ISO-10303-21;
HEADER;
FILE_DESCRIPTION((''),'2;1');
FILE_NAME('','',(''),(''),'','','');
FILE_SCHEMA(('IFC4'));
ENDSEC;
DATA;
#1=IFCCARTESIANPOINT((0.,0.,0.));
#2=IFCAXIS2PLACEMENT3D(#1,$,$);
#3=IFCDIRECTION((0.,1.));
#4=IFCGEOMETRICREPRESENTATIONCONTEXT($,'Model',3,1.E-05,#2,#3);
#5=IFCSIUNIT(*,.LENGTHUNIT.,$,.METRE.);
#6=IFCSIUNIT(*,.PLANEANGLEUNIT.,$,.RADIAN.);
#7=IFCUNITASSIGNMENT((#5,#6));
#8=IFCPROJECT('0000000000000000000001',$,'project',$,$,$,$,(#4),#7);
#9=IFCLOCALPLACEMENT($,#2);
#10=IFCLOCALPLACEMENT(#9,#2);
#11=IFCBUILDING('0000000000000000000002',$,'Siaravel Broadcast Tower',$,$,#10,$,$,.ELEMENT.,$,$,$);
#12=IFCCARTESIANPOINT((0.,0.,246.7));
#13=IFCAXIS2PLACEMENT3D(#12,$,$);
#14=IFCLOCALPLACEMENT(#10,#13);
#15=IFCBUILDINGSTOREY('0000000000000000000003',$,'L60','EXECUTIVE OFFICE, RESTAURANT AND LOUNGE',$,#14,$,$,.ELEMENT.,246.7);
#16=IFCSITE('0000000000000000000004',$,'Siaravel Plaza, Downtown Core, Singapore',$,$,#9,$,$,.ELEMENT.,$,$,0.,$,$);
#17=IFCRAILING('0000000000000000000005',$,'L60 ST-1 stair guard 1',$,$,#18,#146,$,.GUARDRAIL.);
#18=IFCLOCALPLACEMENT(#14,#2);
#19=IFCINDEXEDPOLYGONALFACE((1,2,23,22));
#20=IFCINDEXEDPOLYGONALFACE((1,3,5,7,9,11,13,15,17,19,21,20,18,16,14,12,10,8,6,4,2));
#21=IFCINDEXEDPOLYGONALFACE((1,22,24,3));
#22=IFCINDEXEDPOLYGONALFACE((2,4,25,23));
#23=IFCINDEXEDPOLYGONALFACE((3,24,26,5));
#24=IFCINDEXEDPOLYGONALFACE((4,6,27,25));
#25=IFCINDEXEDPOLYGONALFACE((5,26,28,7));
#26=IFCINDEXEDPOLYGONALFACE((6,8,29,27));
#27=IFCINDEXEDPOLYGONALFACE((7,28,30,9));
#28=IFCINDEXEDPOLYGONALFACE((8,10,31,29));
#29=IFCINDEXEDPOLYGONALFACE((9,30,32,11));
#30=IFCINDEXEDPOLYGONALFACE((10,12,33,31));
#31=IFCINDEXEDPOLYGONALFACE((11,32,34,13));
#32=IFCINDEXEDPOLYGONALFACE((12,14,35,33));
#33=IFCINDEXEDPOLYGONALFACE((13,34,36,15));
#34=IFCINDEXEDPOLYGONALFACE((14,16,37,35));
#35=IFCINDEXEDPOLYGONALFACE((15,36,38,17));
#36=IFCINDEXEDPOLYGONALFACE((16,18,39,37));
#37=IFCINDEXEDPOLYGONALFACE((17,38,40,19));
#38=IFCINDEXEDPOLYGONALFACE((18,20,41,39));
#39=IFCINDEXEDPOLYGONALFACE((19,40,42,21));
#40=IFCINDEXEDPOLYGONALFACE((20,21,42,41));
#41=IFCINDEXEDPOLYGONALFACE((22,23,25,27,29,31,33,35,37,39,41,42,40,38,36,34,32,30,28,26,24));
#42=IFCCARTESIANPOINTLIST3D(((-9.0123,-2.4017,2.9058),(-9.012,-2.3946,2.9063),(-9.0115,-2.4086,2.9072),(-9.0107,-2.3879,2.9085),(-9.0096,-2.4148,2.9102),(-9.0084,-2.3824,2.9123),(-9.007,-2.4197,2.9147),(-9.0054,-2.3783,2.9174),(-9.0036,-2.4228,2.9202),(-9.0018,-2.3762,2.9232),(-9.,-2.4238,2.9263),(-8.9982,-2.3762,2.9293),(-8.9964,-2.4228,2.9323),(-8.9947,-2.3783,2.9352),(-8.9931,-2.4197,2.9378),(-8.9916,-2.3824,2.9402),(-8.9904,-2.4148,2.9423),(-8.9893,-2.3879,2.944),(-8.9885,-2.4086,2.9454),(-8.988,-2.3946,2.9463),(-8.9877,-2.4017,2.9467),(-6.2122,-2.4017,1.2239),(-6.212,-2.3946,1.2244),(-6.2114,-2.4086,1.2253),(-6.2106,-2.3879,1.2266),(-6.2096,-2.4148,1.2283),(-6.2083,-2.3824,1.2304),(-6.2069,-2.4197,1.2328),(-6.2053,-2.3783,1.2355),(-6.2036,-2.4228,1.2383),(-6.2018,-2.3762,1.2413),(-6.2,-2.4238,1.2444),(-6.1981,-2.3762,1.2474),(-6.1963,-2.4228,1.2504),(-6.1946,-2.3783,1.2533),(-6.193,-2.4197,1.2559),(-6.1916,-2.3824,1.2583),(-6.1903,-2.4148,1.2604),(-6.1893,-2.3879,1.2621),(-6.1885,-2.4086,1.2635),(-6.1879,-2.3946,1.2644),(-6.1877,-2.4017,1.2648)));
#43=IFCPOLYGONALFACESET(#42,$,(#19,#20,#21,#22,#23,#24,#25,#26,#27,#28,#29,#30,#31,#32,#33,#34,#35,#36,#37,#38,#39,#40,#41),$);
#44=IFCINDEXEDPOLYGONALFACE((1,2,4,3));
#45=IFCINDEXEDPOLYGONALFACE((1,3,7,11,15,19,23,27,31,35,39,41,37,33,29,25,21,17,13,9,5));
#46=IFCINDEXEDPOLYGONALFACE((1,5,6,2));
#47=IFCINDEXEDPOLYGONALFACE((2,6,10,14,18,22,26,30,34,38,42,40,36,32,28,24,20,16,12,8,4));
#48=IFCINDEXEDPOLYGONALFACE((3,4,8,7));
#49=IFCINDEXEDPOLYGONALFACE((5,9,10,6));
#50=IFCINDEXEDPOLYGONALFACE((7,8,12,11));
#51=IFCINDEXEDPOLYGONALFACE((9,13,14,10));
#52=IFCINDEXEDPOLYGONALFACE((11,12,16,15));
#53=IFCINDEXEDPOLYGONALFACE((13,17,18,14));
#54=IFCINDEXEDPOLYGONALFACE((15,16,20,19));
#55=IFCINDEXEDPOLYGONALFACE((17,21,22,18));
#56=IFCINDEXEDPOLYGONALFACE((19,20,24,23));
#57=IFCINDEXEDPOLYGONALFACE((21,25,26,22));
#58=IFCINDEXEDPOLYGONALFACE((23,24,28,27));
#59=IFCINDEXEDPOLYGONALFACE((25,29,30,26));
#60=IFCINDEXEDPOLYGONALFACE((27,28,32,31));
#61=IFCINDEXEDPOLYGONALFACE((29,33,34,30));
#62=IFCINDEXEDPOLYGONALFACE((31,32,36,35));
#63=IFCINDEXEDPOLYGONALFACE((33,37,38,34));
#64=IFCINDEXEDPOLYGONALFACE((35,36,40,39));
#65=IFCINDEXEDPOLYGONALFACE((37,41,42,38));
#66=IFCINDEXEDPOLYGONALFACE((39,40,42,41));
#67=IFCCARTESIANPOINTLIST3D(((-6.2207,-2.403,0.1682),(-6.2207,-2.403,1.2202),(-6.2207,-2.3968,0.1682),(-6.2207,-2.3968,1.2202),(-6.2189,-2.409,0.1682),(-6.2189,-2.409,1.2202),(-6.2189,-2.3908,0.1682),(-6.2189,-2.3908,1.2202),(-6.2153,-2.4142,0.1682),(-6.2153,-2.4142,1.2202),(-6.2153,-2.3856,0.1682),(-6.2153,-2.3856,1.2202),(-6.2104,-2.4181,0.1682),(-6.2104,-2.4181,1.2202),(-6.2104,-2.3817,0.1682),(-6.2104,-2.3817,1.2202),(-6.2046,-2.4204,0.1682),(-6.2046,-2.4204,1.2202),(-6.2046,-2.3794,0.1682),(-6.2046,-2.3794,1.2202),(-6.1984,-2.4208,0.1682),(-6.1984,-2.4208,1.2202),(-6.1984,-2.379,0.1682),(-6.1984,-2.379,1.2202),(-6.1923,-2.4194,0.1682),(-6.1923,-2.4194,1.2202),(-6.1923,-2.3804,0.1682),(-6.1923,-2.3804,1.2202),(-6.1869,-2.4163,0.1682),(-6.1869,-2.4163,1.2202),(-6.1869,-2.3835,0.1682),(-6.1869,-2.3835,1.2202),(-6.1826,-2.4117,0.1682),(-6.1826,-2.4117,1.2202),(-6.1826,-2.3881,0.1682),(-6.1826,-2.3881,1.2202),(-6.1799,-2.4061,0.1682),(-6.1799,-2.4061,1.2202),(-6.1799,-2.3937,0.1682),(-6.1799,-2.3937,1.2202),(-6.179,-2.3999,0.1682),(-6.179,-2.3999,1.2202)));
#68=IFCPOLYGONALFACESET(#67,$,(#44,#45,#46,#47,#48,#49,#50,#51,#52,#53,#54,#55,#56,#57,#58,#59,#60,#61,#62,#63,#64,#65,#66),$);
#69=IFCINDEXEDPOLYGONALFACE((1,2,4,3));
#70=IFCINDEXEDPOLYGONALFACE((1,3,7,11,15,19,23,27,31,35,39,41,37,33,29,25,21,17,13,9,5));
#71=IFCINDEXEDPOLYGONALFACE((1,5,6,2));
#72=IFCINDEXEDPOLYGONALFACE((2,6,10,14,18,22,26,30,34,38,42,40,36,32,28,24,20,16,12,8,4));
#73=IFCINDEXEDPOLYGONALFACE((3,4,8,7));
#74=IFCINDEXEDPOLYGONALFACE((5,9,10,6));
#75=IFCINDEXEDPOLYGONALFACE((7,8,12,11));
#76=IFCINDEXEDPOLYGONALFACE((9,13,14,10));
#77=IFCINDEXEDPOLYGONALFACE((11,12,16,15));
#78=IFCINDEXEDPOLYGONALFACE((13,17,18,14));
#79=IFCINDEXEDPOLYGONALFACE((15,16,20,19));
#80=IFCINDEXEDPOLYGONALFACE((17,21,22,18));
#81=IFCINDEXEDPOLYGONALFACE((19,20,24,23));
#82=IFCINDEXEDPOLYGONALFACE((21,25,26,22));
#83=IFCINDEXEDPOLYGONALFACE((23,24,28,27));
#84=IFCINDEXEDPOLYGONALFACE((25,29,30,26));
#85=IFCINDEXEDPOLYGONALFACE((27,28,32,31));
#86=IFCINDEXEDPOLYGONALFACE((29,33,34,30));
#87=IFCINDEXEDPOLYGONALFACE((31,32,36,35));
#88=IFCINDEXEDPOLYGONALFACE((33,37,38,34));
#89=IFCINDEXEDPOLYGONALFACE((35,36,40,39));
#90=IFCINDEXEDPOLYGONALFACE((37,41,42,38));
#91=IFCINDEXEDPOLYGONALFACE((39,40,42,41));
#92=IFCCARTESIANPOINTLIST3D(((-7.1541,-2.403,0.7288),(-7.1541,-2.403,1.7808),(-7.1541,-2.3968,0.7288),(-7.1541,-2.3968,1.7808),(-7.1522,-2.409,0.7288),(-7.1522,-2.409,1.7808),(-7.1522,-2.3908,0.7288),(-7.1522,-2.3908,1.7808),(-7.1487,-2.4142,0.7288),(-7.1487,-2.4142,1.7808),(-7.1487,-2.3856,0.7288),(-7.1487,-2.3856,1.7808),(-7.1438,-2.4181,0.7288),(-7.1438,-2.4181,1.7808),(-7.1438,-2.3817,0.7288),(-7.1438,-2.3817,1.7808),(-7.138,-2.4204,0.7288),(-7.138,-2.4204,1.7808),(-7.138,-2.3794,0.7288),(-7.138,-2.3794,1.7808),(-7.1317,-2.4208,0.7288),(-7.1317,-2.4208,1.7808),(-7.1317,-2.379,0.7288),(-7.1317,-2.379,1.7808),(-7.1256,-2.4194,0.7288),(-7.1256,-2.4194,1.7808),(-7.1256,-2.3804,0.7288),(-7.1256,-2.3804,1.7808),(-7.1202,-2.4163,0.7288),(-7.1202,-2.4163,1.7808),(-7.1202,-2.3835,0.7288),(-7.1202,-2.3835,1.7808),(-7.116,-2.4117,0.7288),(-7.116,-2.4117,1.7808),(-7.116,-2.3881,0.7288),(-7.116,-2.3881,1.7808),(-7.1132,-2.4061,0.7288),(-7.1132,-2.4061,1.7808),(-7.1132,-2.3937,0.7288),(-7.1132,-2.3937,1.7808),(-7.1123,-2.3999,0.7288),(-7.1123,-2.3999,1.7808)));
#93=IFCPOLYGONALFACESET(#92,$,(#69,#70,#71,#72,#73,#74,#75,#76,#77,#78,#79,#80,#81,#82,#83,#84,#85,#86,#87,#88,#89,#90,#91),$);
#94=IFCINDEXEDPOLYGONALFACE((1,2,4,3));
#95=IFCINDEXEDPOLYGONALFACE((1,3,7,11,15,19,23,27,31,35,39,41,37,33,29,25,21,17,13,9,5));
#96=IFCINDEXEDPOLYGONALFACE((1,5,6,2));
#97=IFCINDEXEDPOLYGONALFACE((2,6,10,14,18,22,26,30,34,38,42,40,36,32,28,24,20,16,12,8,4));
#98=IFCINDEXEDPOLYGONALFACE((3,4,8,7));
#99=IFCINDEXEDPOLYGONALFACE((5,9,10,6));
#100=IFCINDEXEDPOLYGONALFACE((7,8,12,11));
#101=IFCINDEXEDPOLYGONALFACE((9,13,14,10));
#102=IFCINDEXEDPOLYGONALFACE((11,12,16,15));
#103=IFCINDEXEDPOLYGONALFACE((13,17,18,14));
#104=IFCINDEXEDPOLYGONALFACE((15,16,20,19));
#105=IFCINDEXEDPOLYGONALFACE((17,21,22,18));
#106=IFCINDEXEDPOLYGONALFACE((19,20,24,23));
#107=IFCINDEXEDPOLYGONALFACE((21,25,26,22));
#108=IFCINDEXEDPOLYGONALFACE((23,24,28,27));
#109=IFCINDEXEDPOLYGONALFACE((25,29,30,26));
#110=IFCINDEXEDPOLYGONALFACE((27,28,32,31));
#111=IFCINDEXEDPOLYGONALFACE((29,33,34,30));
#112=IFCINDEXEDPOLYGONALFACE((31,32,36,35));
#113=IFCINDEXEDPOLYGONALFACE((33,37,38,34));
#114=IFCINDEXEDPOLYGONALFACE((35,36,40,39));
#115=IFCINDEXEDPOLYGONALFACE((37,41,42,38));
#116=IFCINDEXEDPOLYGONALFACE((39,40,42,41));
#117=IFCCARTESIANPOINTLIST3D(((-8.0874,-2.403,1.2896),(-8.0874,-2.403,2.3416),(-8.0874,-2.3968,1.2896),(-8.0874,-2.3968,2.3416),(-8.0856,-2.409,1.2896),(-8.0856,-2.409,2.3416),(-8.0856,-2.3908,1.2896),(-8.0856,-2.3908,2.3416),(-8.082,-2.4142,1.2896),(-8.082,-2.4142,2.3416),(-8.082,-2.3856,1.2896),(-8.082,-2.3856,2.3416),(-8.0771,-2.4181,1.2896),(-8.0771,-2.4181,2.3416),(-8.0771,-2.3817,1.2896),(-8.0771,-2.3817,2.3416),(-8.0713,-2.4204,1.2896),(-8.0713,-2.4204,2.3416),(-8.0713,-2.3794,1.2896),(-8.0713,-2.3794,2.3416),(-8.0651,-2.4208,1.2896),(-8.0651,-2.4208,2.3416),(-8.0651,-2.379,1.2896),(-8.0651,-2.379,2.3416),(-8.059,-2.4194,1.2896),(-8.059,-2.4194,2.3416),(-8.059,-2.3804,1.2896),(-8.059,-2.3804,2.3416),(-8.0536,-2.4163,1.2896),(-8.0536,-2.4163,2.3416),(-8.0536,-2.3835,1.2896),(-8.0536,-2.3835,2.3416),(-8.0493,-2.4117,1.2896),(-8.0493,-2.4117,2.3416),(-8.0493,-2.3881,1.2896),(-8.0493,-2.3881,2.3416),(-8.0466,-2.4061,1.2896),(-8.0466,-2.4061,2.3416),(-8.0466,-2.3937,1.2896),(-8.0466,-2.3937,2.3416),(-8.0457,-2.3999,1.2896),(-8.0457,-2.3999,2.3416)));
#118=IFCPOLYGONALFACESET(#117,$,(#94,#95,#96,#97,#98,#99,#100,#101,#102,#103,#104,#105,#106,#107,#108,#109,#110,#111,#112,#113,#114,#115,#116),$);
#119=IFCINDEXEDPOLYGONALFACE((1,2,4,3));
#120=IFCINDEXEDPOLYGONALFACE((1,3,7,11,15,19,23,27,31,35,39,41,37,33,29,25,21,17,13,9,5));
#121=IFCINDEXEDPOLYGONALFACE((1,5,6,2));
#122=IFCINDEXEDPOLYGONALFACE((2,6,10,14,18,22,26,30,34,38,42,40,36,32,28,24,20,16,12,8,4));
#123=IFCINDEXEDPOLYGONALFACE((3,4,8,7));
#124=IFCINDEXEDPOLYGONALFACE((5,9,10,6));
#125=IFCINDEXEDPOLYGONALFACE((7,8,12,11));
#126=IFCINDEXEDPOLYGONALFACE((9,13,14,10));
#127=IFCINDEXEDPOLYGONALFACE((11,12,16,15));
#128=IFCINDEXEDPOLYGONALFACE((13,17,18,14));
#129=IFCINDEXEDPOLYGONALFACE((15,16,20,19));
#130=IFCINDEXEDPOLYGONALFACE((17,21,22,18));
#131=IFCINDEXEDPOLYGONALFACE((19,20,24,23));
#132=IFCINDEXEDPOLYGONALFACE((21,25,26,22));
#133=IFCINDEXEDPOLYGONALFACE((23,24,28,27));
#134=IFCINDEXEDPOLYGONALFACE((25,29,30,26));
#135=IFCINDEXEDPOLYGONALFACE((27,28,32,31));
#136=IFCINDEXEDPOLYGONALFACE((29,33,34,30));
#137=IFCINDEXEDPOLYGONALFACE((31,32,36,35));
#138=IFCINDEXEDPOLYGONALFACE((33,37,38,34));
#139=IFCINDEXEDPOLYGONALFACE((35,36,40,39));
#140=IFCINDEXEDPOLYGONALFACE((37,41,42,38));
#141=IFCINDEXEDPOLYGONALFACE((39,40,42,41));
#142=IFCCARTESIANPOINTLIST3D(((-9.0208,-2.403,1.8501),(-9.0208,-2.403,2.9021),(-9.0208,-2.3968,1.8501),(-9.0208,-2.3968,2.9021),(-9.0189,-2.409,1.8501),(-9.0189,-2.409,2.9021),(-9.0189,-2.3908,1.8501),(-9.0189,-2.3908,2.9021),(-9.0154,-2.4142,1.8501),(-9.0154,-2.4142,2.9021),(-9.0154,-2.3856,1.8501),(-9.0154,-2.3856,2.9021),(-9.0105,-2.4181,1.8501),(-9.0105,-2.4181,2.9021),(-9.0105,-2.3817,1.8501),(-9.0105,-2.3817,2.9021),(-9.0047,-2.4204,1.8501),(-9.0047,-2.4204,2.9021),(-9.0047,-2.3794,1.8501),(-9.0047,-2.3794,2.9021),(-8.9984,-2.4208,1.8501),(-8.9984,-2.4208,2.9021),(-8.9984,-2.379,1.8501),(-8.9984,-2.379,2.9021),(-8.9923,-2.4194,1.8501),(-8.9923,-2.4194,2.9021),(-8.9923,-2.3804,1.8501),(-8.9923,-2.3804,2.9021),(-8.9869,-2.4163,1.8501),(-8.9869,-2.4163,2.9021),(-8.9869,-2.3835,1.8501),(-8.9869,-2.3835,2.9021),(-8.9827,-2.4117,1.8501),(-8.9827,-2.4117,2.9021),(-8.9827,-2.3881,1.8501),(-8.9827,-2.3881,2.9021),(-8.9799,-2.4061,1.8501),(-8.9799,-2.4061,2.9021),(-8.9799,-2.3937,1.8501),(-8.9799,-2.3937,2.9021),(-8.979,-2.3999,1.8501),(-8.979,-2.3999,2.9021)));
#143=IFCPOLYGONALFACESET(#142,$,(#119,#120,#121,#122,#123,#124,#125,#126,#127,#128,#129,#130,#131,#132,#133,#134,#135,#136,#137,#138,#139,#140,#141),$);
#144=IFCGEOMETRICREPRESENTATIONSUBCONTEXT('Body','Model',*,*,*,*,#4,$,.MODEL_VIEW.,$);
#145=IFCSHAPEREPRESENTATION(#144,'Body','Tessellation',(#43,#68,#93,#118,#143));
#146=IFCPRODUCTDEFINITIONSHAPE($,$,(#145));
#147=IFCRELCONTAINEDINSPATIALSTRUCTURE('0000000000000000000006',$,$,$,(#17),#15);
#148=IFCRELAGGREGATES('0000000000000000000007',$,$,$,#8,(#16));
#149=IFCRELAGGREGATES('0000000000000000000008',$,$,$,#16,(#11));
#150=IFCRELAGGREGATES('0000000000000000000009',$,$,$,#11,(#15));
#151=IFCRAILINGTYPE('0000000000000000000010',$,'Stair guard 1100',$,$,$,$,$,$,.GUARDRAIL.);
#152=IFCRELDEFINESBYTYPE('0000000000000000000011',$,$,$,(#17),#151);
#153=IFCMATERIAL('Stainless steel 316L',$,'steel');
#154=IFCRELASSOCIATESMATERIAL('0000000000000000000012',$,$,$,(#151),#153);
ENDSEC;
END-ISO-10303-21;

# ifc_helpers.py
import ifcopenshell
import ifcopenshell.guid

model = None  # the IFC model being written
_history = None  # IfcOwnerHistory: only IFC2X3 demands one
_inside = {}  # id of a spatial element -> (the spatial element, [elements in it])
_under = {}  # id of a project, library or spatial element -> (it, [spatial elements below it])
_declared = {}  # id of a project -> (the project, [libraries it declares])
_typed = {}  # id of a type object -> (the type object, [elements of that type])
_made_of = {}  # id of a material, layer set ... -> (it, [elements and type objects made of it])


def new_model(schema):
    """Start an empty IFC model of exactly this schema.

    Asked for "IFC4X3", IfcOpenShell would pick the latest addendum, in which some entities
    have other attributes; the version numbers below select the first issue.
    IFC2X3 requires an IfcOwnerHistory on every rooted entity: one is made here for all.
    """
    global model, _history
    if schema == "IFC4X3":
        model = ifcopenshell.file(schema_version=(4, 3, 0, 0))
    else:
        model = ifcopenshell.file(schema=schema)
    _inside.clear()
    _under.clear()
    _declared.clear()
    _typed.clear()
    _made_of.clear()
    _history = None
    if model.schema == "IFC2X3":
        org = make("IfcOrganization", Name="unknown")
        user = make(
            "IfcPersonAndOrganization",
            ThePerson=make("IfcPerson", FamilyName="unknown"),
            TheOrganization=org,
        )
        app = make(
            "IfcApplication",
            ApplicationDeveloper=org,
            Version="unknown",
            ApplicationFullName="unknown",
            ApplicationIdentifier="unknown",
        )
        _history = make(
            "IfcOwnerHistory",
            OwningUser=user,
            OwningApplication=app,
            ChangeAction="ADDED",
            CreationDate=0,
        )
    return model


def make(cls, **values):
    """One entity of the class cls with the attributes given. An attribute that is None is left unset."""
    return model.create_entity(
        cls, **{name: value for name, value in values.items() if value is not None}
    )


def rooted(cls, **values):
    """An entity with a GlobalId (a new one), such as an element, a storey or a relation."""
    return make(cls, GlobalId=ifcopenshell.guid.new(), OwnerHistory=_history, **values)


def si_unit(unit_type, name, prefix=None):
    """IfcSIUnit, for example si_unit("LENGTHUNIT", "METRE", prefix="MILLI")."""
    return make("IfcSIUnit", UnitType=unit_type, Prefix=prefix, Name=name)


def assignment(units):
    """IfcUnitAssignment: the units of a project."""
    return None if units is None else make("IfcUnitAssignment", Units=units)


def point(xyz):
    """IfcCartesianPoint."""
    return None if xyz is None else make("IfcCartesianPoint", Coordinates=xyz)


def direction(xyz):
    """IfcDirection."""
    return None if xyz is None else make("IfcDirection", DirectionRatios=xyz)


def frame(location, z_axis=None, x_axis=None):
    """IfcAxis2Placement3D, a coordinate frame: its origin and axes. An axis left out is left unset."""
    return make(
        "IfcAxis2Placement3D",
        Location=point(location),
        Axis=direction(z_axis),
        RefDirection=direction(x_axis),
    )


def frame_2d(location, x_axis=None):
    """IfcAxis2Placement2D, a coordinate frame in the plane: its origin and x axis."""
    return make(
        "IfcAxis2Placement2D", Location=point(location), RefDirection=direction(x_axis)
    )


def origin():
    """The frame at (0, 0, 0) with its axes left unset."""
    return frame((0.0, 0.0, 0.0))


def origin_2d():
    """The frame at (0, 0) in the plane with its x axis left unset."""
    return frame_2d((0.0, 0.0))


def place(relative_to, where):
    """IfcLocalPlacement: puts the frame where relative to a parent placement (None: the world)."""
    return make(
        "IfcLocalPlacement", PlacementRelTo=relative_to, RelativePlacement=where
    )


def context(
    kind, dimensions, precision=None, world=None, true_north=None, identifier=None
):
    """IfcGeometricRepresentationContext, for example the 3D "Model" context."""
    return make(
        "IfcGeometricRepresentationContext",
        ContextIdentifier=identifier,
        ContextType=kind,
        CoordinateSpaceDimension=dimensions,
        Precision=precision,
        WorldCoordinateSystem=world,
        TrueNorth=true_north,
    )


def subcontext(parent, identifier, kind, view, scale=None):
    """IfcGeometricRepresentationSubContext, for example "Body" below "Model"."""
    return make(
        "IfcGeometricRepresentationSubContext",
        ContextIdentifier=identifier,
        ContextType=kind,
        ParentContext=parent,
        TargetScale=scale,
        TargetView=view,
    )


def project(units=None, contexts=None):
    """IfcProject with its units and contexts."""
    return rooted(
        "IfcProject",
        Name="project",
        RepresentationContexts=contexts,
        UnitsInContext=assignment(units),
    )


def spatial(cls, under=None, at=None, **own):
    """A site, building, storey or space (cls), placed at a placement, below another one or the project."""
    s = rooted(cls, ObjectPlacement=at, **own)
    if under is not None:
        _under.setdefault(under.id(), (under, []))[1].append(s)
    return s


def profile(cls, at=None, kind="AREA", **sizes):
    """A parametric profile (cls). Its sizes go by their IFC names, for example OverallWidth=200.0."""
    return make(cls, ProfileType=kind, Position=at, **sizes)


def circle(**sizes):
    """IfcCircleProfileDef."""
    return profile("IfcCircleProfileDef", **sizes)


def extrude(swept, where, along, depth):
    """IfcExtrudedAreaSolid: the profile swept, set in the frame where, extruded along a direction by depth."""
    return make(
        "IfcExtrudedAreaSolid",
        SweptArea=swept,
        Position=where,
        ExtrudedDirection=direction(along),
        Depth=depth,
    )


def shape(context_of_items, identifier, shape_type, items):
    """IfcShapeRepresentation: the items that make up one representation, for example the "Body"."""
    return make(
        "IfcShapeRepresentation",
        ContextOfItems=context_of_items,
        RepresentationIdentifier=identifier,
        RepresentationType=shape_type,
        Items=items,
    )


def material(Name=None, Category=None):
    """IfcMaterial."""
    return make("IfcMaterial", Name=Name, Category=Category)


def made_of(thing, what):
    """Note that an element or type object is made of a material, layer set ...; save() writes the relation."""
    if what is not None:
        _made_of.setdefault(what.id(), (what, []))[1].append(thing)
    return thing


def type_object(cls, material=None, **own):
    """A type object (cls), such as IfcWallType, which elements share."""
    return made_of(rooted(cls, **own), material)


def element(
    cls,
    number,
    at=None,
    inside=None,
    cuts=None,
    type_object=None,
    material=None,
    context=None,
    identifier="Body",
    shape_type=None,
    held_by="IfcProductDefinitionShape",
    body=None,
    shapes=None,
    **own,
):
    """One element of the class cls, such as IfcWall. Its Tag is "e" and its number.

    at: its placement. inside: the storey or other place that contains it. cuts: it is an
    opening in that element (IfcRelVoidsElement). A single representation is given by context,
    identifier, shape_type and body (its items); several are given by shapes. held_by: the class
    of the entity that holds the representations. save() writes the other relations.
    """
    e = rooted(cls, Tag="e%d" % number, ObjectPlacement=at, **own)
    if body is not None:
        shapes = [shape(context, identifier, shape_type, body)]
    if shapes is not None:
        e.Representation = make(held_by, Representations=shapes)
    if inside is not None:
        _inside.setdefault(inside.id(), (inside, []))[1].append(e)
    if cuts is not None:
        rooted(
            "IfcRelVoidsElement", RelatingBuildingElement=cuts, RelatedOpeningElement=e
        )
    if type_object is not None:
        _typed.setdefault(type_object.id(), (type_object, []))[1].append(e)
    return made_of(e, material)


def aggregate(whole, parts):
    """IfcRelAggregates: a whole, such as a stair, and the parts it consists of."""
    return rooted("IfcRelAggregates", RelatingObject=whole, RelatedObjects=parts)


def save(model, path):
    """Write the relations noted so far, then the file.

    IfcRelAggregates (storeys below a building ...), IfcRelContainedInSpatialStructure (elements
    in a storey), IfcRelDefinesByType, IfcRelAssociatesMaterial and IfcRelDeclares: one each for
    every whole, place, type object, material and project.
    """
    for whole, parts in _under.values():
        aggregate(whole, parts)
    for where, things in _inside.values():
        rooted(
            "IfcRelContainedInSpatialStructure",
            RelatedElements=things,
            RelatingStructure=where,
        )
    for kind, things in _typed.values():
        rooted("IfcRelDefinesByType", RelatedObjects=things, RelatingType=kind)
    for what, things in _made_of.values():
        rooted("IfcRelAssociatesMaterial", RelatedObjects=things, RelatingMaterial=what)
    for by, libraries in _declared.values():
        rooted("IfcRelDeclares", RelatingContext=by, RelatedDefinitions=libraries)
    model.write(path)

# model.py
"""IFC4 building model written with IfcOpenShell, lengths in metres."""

from ifc_helpers import new_model, si_unit, direction, frame, origin, origin_2d, place, context, subcontext, project, spatial, circle, extrude, material, type_object, element, save


model = new_model("IFC4")

# Units and contexts
model_context = context("Model", 3, precision=1e-05, world=origin(), true_north=direction((0.0, 1.0)))
body_context = subcontext(model_context, "Body", "Model", "MODEL_VIEW")
ifc_project = project(units=[si_unit("LENGTHUNIT", "METRE"), si_unit("PLANEANGLEUNIT", "RADIAN")], contexts=[model_context])

# Site, building, storey
site_placement = place(None, origin())
site = spatial("IfcSite", under=ifc_project, at=site_placement, Name="Siaravel Plaza, Downtown Core, Singapore", CompositionType="ELEMENT", RefElevation=0.0)
building_placement = place(site_placement, origin())
building = spatial("IfcBuilding", under=site, at=building_placement, Name="Siaravel Broadcast Tower", CompositionType="ELEMENT")
storey_placement = place(building_placement, frame((0.0, 0.0, 246.7)))
storey = spatial("IfcBuildingStorey", under=building, at=storey_placement, Name="L60", Description="EXECUTIVE OFFICE, RESTAURANT AND LOUNGE", CompositionType="ELEMENT", Elevation=246.7)

# Shared definitions
ifc_material_1 = material(Name="Stainless steel 316L", Category="steel")

# Railing
railing_type_1 = type_object("IfcRailingType", Name="Stair guard 1100", PredefinedType="GUARDRAIL", material=ifc_material_1)
railing_1_placement = place(storey_placement, frame((-6.2, -2.3999, 0.1682)))
element("IfcRailing", 1, at=railing_1_placement, inside=storey, type_object=railing_type_1, Name="L60 ST-1 stair guard 1", PredefinedType="GUARDRAIL", context=body_context, shape_type="SweptSolid", body=[
    extrude(circle(Radius=0.0239, at=origin_2d()), frame((0.0, 0.0, 1.0762), z_axis=(-0.857242, 0.0, 0.514913), x_axis=(0.0, -1.0, 0.0)), (0.0, 0.0, 1.0), 3.2664),
    extrude(circle(Radius=0.021, at=origin_2d()), origin(), (0.0, 0.0, 1.0), 1.052),
    extrude(circle(Radius=0.021, at=origin_2d()), frame((-0.9333, 0.0, 0.5605)), (0.0, 0.0, 1.0), 1.052),
    extrude(circle(Radius=0.021, at=origin_2d()), frame((-1.8667, 0.0, 1.1213)), (0.0, 0.0, 1.0), 1.052),
    extrude(circle(Radius=0.021, at=origin_2d()), frame((-2.8, 0.0, 1.6819)), (0.0, 0.0, 1.0), 1.052),
])

save(model, "model.ifc")
